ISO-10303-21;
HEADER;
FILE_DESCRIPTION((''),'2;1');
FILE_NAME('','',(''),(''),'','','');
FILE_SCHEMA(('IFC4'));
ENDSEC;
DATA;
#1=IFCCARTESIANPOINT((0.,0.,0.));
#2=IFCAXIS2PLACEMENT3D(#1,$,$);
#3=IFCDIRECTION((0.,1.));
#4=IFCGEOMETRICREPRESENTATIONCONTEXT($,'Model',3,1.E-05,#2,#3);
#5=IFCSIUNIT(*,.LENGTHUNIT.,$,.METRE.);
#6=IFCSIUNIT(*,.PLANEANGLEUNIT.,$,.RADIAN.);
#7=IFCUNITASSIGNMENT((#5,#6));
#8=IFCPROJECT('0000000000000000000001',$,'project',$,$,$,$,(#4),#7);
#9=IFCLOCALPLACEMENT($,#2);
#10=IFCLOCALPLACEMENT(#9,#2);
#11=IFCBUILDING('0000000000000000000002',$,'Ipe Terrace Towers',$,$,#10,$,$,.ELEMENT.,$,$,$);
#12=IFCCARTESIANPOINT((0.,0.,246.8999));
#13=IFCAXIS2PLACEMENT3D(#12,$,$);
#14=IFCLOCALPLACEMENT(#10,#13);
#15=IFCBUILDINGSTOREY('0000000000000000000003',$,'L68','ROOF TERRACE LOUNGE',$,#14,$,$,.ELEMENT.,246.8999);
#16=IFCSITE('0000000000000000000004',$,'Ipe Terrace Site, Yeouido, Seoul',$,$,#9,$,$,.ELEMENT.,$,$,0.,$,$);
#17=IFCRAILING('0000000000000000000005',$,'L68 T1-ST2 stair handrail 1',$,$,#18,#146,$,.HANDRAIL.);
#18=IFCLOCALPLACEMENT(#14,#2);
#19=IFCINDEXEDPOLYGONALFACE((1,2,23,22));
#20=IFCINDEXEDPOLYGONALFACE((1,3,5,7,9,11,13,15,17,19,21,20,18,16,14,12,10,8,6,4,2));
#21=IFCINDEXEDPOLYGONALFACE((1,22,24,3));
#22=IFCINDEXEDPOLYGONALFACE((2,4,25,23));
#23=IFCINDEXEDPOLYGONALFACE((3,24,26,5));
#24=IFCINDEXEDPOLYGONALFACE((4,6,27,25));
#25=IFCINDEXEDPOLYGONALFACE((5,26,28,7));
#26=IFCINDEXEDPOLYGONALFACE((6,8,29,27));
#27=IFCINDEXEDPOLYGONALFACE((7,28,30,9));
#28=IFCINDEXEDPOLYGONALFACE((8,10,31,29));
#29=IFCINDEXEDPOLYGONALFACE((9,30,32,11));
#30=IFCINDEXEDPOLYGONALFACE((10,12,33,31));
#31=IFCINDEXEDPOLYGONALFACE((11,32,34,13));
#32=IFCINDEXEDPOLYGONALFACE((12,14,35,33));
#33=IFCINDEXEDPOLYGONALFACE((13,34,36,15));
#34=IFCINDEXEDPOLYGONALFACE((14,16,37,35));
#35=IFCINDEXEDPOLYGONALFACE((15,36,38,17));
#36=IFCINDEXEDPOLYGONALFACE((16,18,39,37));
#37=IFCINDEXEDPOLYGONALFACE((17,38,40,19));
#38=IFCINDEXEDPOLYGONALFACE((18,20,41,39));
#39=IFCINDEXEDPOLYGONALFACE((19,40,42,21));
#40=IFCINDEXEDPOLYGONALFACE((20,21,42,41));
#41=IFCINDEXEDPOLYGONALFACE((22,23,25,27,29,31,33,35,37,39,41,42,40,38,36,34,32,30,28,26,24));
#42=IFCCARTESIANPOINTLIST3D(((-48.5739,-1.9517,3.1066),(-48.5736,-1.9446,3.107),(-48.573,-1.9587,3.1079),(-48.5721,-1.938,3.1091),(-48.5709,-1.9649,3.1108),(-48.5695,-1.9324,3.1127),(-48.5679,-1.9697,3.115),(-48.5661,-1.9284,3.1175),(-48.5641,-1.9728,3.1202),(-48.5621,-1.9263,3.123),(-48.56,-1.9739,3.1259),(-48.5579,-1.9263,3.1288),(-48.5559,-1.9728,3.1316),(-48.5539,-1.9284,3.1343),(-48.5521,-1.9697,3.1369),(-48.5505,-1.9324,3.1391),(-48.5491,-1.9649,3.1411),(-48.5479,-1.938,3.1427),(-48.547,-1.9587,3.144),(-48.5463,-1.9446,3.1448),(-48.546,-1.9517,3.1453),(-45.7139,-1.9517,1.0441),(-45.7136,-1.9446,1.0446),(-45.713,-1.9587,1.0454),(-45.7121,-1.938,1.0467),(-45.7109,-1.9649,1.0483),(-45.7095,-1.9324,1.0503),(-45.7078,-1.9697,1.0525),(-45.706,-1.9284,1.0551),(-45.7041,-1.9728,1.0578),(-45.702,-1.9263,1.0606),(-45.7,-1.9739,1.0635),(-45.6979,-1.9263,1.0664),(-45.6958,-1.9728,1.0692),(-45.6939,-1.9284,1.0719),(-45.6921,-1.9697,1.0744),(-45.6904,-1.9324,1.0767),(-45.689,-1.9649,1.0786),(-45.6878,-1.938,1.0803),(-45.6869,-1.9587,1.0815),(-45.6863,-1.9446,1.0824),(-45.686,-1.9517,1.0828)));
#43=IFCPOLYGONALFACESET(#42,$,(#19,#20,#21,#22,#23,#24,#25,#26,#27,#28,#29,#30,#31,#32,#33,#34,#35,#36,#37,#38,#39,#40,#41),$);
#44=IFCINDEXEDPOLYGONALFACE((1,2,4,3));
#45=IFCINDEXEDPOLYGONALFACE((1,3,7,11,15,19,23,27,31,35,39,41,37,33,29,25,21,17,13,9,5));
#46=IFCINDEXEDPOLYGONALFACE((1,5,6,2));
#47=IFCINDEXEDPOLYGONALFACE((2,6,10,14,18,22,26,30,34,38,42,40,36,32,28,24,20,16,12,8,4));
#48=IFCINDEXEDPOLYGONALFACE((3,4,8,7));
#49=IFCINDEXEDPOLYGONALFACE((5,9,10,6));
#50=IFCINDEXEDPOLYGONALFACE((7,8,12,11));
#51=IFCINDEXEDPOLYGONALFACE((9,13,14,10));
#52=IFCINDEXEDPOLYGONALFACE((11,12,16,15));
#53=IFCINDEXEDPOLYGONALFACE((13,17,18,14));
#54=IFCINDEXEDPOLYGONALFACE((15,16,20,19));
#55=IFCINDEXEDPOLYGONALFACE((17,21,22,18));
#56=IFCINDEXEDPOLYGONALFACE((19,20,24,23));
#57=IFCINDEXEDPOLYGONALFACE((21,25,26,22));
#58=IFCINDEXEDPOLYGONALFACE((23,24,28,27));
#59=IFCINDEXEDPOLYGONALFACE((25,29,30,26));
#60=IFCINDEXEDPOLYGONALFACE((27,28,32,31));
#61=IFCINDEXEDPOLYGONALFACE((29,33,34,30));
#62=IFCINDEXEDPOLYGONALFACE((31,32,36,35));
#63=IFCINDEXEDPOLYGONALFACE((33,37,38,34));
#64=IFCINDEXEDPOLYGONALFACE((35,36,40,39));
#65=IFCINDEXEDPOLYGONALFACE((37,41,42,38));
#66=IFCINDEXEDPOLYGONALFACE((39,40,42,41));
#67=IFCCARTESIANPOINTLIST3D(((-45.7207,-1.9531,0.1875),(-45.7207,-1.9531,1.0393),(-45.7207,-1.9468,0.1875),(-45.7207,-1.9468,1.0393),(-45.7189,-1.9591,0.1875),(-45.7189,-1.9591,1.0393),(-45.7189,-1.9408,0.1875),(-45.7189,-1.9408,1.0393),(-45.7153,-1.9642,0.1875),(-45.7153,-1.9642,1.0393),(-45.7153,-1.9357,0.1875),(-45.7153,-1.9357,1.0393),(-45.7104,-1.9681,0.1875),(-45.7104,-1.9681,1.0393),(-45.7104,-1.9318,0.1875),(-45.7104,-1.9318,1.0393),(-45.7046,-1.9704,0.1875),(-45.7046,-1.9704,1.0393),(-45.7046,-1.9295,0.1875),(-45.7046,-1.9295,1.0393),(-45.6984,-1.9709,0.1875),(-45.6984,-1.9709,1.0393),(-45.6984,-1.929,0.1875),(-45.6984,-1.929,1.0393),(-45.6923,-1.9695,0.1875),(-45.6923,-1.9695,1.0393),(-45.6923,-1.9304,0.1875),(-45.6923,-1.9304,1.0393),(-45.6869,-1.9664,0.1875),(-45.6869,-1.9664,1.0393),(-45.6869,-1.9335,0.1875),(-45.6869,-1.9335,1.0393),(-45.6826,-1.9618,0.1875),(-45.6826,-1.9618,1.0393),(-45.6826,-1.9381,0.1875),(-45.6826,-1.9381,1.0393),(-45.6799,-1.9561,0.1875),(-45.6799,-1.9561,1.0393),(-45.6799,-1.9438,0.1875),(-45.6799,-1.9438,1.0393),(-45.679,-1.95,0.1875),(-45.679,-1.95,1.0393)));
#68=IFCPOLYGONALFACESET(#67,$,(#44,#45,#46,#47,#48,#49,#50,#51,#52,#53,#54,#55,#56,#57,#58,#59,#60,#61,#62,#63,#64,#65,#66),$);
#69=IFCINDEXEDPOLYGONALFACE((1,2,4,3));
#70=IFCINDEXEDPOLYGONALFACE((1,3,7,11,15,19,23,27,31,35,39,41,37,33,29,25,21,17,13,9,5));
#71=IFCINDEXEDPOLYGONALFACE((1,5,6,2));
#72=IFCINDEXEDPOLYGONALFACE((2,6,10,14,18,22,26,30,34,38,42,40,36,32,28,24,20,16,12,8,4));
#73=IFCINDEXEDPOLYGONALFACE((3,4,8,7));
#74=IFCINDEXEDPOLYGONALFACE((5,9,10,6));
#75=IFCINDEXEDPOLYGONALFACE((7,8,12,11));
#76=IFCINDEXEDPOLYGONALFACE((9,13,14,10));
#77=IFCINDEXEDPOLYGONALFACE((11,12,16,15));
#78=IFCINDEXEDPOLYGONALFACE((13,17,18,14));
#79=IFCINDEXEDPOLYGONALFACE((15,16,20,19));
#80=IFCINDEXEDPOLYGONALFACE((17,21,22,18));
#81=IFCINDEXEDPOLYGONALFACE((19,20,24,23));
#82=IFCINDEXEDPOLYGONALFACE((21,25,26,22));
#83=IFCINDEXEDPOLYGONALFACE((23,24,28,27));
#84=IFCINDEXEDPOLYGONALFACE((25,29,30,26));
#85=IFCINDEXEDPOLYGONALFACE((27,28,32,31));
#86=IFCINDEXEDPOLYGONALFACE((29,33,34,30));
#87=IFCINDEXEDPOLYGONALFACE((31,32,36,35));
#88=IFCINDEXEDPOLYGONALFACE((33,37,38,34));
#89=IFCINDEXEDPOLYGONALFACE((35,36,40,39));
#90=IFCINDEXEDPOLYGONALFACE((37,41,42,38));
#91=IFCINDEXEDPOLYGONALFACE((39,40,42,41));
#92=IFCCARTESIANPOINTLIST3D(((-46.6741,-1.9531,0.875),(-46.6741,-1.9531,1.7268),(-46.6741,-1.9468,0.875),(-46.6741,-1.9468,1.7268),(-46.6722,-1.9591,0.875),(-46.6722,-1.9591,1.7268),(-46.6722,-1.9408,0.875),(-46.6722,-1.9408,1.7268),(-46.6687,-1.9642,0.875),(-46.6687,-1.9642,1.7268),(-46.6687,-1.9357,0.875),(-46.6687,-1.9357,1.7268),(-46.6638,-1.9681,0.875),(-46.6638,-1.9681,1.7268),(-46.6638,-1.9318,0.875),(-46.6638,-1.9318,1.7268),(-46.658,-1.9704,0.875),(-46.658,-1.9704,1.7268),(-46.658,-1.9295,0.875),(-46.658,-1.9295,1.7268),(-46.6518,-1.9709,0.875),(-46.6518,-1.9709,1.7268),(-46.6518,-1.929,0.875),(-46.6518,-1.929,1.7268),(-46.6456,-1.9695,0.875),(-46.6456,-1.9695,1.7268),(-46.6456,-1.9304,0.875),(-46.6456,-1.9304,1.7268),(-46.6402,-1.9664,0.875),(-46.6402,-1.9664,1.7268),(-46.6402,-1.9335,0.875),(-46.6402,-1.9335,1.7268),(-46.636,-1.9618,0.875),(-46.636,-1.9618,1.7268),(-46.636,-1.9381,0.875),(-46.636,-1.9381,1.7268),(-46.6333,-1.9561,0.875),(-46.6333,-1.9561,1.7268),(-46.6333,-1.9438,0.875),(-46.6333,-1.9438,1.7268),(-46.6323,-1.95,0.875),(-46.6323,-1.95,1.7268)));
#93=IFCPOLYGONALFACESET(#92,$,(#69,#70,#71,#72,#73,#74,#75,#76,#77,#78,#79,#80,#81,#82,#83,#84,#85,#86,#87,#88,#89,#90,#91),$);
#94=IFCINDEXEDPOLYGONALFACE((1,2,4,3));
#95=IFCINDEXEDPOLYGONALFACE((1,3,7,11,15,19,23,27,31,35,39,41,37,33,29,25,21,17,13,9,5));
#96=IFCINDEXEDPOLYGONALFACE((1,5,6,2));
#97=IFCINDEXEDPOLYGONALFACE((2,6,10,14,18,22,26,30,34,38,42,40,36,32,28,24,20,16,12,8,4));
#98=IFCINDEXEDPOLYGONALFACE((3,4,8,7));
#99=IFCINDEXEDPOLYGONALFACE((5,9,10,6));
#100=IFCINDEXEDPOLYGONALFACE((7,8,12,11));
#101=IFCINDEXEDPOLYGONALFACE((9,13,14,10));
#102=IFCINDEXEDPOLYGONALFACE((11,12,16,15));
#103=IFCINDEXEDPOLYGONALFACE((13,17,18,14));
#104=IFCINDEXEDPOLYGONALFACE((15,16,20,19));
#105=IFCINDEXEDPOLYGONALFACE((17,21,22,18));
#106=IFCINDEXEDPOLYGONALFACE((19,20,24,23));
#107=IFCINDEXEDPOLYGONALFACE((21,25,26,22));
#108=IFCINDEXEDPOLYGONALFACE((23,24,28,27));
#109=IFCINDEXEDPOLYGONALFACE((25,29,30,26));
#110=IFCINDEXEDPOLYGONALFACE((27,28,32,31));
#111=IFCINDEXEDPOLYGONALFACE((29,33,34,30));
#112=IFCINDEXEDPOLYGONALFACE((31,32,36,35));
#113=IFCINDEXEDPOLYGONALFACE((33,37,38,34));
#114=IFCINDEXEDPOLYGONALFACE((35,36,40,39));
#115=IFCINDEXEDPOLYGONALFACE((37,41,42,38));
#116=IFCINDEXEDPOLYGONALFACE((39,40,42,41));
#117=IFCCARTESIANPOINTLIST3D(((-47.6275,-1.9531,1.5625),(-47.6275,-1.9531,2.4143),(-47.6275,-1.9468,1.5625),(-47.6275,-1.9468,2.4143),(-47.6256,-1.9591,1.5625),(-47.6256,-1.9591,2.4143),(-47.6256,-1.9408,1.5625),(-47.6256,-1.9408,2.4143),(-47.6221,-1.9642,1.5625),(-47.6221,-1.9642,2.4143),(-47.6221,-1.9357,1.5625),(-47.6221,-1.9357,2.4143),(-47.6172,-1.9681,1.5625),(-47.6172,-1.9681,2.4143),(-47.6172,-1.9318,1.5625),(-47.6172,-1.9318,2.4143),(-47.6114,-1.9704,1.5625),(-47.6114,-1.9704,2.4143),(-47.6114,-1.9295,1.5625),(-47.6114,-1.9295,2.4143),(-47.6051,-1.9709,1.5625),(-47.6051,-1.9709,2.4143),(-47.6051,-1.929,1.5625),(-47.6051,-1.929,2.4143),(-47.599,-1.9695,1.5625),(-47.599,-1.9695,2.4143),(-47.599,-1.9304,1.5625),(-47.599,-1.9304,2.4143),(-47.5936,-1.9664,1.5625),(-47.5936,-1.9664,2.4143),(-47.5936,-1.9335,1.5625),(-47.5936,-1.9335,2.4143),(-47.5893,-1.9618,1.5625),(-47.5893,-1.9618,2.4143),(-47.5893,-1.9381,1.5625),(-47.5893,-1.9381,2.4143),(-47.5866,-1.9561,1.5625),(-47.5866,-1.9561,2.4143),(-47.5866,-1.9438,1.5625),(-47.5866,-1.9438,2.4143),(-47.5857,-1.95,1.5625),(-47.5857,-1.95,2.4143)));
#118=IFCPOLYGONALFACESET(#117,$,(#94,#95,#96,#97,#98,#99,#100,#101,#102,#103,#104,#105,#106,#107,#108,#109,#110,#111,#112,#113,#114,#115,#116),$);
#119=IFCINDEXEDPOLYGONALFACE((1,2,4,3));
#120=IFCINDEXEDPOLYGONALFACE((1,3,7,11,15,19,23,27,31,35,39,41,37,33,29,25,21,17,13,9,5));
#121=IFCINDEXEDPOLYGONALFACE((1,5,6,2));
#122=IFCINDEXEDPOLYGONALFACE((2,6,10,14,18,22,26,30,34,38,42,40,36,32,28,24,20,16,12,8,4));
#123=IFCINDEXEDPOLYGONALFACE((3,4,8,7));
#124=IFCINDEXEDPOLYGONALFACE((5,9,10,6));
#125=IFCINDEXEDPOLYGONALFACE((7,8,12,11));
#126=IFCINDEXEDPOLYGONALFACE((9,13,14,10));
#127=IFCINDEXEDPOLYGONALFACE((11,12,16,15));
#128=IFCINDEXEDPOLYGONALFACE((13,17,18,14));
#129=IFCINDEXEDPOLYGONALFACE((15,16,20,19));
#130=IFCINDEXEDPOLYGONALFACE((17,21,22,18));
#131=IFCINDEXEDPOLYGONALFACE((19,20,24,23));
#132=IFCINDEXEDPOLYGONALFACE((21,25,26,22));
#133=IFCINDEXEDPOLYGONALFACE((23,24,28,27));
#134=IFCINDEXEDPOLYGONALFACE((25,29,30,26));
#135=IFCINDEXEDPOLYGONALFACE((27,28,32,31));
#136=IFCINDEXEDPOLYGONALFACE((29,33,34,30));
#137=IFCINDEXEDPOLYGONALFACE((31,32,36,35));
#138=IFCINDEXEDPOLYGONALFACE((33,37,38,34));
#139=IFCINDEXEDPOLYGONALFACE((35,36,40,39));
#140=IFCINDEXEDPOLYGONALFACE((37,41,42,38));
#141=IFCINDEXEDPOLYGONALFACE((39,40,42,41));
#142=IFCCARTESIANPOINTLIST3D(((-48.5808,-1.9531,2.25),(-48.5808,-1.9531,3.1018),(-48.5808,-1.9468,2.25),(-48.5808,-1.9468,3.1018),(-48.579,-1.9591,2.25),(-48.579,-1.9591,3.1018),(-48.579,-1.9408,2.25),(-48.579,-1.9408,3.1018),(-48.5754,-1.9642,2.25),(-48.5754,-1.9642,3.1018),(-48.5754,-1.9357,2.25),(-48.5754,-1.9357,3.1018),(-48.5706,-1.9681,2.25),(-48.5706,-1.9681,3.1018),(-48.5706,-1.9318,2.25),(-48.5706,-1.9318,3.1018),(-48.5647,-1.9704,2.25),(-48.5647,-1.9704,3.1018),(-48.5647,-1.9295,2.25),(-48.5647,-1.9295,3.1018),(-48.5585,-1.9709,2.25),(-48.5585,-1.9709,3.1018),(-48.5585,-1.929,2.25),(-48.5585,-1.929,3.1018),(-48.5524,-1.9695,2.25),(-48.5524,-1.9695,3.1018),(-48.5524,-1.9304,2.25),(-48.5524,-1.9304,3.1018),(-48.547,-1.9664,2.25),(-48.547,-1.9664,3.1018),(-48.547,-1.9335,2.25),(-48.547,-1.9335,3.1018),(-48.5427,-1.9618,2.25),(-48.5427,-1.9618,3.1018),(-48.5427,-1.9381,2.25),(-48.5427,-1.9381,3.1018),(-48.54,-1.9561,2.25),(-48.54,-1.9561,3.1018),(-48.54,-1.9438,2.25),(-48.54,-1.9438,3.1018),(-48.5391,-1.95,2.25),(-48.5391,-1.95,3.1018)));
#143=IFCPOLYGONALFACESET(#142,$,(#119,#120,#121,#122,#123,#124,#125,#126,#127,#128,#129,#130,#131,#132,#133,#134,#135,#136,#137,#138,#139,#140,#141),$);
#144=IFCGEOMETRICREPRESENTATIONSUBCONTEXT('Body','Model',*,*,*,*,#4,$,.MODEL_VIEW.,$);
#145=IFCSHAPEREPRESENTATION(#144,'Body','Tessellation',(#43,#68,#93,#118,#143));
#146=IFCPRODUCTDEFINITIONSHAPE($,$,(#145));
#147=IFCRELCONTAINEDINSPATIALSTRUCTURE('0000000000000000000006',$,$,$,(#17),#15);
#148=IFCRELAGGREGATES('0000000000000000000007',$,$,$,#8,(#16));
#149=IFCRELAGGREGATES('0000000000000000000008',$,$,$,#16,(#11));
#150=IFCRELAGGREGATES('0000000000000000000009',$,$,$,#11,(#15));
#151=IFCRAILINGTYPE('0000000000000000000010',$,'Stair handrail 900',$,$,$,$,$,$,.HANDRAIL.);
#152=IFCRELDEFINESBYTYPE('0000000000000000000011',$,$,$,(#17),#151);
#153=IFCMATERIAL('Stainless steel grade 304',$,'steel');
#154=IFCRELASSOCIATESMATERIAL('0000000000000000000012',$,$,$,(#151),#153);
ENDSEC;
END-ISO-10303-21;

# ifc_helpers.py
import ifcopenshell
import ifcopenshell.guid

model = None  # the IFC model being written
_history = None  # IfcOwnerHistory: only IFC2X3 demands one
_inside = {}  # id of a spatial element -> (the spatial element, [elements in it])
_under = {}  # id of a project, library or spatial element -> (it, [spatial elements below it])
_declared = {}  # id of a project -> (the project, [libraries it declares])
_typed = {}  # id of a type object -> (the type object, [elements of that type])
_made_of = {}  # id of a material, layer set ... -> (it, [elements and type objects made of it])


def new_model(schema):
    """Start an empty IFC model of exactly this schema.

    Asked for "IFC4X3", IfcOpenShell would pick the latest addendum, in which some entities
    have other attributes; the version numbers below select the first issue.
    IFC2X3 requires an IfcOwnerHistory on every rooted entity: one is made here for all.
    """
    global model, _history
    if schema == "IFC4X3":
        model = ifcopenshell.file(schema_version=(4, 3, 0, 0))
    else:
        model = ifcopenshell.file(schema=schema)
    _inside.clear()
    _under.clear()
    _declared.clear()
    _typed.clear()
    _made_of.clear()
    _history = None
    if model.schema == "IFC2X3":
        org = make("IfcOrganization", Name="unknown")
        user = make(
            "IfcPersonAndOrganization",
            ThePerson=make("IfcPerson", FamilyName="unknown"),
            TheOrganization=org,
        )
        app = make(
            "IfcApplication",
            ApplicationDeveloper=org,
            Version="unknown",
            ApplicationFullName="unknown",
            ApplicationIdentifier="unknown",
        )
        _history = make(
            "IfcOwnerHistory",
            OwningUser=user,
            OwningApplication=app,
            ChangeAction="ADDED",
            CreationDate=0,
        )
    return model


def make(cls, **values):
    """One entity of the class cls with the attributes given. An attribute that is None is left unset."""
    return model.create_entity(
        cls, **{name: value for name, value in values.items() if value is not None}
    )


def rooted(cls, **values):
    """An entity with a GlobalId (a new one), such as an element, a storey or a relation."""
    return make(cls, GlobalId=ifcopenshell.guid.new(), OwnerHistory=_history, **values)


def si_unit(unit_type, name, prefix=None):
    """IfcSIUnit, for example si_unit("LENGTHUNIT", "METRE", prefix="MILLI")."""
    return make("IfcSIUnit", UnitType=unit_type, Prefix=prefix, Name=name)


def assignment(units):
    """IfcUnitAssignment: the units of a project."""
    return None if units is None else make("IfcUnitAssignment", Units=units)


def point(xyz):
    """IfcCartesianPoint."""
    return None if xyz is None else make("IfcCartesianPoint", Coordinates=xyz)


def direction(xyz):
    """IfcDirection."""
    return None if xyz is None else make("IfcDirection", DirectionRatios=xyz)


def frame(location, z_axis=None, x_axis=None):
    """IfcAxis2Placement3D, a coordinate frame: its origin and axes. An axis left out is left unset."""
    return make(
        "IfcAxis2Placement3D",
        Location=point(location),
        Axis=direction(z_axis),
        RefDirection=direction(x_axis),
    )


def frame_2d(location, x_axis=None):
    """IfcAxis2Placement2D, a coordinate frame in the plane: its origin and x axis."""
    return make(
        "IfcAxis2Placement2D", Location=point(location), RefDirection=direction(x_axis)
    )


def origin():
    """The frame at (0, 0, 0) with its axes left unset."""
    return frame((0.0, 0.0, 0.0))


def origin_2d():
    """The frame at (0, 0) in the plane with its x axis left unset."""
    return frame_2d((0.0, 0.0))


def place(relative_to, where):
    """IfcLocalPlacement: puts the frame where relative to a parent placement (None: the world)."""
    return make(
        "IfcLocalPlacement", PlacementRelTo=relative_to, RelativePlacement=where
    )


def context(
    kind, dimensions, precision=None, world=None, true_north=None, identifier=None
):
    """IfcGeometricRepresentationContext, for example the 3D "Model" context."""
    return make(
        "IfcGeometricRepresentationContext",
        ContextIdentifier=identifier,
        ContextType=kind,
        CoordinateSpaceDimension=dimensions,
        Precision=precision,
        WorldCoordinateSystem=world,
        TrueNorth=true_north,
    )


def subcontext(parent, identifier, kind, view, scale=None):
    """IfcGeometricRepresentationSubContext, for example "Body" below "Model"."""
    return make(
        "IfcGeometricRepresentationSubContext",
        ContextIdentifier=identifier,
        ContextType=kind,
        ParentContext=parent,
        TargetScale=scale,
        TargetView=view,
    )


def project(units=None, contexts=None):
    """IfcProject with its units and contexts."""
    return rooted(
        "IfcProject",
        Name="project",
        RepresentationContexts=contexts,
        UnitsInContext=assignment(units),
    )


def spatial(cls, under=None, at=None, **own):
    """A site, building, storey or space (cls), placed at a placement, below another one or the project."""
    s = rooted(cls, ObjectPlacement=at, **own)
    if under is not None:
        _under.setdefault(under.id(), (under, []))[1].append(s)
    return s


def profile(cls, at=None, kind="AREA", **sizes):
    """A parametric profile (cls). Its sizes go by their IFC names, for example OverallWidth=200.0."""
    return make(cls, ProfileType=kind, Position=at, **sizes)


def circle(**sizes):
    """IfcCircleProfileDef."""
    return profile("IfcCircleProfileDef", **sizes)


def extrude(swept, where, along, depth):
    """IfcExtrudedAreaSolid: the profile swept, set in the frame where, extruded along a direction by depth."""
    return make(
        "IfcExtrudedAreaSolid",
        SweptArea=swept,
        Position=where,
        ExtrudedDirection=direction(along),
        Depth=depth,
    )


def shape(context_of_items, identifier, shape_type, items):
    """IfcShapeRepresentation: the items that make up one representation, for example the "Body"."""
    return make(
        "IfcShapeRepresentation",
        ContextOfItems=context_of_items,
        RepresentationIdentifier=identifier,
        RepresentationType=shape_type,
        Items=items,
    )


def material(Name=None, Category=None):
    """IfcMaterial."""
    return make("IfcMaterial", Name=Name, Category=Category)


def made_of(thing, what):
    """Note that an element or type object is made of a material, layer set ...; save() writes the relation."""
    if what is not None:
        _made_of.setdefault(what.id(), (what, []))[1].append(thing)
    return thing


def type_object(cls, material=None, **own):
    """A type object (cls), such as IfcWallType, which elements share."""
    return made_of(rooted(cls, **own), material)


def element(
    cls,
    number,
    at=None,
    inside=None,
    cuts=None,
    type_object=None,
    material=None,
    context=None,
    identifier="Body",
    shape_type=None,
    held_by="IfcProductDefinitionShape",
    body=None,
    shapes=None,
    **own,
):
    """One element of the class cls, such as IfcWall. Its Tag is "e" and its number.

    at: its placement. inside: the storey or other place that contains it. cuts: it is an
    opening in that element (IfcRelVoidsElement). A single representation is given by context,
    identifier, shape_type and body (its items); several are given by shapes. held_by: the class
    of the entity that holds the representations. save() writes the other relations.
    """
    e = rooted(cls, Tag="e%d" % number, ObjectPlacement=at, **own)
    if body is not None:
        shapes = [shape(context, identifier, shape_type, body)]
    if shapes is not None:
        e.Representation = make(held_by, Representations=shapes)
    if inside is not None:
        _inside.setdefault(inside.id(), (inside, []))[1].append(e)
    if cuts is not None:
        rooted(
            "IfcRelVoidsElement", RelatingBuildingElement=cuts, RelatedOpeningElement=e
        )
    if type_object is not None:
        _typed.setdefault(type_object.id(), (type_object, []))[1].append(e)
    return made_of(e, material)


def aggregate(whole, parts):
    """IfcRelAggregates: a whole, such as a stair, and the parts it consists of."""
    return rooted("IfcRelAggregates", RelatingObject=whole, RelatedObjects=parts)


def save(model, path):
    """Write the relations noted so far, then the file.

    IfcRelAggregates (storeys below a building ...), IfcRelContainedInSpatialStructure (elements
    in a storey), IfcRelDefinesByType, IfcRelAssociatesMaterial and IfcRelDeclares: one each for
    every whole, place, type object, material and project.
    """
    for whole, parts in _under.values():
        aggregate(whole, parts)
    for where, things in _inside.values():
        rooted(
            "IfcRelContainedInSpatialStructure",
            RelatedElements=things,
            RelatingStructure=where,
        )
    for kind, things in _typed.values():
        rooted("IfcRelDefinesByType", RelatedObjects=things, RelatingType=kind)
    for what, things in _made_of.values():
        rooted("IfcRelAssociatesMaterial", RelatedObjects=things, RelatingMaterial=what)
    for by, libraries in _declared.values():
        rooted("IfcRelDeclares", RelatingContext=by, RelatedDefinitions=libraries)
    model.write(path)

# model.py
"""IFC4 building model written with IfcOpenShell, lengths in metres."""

from ifc_helpers import new_model, si_unit, direction, frame, origin, origin_2d, place, context, subcontext, project, spatial, circle, extrude, material, type_object, element, save


model = new_model("IFC4")

# Units and contexts
model_context = context("Model", 3, precision=1e-05, world=origin(), true_north=direction((0.0, 1.0)))
body_context = subcontext(model_context, "Body", "Model", "MODEL_VIEW")
ifc_project = project(units=[si_unit("LENGTHUNIT", "METRE"), si_unit("PLANEANGLEUNIT", "RADIAN")], contexts=[model_context])

# Site, building, storey
site_placement = place(None, origin())
site = spatial("IfcSite", under=ifc_project, at=site_placement, Name="Ipe Terrace Site, Yeouido, Seoul", CompositionType="ELEMENT", RefElevation=0.0)
building_placement = place(site_placement, origin())
building = spatial("IfcBuilding", under=site, at=building_placement, Name="Ipe Terrace Towers", CompositionType="ELEMENT")
storey_placement = place(building_placement, frame((0.0, 0.0, 246.8999)))
storey = spatial("IfcBuildingStorey", under=building, at=storey_placement, Name="L68", Description="ROOF TERRACE LOUNGE", CompositionType="ELEMENT", Elevation=246.8999)

# Railing
ifc_material_1 = material(Name="Stainless steel grade 304", Category="steel")
railing_type_1 = type_object("IfcRailingType", Name="Stair handrail 900", PredefinedType="HANDRAIL", material=ifc_material_1)
railing_1_placement = place(storey_placement, frame((-45.7, -1.95, 0.1875)))
element("IfcRailing", 1, at=railing_1_placement, inside=storey, type_object=railing_type_1, Name="L68 T1-ST2 stair handrail 1", PredefinedType="HANDRAIL", context=body_context, shape_type="SweptSolid", body=[
    extrude(circle(Radius=0.0239, at=origin_2d()), frame((0.0, 0.0, 0.876), z_axis=(-0.811101, 0.0, 0.584906), x_axis=(0.0, -1.0, 0.0)), (0.0, 0.0, 1.0), 3.5261),
    extrude(circle(Radius=0.021, at=origin_2d()), origin(), (0.0, 0.0, 1.0), 0.8518),
    extrude(circle(Radius=0.021, at=origin_2d()), frame((-0.9534, 0.0, 0.6875)), (0.0, 0.0, 1.0), 0.8518),
    extrude(circle(Radius=0.021, at=origin_2d()), frame((-1.9067, 0.0, 1.375)), (0.0, 0.0, 1.0), 0.8518),
    extrude(circle(Radius=0.021, at=origin_2d()), frame((-2.8601, 0.0, 2.0625)), (0.0, 0.0, 1.0), 0.8518),
])

save(model, "model.ifc")
